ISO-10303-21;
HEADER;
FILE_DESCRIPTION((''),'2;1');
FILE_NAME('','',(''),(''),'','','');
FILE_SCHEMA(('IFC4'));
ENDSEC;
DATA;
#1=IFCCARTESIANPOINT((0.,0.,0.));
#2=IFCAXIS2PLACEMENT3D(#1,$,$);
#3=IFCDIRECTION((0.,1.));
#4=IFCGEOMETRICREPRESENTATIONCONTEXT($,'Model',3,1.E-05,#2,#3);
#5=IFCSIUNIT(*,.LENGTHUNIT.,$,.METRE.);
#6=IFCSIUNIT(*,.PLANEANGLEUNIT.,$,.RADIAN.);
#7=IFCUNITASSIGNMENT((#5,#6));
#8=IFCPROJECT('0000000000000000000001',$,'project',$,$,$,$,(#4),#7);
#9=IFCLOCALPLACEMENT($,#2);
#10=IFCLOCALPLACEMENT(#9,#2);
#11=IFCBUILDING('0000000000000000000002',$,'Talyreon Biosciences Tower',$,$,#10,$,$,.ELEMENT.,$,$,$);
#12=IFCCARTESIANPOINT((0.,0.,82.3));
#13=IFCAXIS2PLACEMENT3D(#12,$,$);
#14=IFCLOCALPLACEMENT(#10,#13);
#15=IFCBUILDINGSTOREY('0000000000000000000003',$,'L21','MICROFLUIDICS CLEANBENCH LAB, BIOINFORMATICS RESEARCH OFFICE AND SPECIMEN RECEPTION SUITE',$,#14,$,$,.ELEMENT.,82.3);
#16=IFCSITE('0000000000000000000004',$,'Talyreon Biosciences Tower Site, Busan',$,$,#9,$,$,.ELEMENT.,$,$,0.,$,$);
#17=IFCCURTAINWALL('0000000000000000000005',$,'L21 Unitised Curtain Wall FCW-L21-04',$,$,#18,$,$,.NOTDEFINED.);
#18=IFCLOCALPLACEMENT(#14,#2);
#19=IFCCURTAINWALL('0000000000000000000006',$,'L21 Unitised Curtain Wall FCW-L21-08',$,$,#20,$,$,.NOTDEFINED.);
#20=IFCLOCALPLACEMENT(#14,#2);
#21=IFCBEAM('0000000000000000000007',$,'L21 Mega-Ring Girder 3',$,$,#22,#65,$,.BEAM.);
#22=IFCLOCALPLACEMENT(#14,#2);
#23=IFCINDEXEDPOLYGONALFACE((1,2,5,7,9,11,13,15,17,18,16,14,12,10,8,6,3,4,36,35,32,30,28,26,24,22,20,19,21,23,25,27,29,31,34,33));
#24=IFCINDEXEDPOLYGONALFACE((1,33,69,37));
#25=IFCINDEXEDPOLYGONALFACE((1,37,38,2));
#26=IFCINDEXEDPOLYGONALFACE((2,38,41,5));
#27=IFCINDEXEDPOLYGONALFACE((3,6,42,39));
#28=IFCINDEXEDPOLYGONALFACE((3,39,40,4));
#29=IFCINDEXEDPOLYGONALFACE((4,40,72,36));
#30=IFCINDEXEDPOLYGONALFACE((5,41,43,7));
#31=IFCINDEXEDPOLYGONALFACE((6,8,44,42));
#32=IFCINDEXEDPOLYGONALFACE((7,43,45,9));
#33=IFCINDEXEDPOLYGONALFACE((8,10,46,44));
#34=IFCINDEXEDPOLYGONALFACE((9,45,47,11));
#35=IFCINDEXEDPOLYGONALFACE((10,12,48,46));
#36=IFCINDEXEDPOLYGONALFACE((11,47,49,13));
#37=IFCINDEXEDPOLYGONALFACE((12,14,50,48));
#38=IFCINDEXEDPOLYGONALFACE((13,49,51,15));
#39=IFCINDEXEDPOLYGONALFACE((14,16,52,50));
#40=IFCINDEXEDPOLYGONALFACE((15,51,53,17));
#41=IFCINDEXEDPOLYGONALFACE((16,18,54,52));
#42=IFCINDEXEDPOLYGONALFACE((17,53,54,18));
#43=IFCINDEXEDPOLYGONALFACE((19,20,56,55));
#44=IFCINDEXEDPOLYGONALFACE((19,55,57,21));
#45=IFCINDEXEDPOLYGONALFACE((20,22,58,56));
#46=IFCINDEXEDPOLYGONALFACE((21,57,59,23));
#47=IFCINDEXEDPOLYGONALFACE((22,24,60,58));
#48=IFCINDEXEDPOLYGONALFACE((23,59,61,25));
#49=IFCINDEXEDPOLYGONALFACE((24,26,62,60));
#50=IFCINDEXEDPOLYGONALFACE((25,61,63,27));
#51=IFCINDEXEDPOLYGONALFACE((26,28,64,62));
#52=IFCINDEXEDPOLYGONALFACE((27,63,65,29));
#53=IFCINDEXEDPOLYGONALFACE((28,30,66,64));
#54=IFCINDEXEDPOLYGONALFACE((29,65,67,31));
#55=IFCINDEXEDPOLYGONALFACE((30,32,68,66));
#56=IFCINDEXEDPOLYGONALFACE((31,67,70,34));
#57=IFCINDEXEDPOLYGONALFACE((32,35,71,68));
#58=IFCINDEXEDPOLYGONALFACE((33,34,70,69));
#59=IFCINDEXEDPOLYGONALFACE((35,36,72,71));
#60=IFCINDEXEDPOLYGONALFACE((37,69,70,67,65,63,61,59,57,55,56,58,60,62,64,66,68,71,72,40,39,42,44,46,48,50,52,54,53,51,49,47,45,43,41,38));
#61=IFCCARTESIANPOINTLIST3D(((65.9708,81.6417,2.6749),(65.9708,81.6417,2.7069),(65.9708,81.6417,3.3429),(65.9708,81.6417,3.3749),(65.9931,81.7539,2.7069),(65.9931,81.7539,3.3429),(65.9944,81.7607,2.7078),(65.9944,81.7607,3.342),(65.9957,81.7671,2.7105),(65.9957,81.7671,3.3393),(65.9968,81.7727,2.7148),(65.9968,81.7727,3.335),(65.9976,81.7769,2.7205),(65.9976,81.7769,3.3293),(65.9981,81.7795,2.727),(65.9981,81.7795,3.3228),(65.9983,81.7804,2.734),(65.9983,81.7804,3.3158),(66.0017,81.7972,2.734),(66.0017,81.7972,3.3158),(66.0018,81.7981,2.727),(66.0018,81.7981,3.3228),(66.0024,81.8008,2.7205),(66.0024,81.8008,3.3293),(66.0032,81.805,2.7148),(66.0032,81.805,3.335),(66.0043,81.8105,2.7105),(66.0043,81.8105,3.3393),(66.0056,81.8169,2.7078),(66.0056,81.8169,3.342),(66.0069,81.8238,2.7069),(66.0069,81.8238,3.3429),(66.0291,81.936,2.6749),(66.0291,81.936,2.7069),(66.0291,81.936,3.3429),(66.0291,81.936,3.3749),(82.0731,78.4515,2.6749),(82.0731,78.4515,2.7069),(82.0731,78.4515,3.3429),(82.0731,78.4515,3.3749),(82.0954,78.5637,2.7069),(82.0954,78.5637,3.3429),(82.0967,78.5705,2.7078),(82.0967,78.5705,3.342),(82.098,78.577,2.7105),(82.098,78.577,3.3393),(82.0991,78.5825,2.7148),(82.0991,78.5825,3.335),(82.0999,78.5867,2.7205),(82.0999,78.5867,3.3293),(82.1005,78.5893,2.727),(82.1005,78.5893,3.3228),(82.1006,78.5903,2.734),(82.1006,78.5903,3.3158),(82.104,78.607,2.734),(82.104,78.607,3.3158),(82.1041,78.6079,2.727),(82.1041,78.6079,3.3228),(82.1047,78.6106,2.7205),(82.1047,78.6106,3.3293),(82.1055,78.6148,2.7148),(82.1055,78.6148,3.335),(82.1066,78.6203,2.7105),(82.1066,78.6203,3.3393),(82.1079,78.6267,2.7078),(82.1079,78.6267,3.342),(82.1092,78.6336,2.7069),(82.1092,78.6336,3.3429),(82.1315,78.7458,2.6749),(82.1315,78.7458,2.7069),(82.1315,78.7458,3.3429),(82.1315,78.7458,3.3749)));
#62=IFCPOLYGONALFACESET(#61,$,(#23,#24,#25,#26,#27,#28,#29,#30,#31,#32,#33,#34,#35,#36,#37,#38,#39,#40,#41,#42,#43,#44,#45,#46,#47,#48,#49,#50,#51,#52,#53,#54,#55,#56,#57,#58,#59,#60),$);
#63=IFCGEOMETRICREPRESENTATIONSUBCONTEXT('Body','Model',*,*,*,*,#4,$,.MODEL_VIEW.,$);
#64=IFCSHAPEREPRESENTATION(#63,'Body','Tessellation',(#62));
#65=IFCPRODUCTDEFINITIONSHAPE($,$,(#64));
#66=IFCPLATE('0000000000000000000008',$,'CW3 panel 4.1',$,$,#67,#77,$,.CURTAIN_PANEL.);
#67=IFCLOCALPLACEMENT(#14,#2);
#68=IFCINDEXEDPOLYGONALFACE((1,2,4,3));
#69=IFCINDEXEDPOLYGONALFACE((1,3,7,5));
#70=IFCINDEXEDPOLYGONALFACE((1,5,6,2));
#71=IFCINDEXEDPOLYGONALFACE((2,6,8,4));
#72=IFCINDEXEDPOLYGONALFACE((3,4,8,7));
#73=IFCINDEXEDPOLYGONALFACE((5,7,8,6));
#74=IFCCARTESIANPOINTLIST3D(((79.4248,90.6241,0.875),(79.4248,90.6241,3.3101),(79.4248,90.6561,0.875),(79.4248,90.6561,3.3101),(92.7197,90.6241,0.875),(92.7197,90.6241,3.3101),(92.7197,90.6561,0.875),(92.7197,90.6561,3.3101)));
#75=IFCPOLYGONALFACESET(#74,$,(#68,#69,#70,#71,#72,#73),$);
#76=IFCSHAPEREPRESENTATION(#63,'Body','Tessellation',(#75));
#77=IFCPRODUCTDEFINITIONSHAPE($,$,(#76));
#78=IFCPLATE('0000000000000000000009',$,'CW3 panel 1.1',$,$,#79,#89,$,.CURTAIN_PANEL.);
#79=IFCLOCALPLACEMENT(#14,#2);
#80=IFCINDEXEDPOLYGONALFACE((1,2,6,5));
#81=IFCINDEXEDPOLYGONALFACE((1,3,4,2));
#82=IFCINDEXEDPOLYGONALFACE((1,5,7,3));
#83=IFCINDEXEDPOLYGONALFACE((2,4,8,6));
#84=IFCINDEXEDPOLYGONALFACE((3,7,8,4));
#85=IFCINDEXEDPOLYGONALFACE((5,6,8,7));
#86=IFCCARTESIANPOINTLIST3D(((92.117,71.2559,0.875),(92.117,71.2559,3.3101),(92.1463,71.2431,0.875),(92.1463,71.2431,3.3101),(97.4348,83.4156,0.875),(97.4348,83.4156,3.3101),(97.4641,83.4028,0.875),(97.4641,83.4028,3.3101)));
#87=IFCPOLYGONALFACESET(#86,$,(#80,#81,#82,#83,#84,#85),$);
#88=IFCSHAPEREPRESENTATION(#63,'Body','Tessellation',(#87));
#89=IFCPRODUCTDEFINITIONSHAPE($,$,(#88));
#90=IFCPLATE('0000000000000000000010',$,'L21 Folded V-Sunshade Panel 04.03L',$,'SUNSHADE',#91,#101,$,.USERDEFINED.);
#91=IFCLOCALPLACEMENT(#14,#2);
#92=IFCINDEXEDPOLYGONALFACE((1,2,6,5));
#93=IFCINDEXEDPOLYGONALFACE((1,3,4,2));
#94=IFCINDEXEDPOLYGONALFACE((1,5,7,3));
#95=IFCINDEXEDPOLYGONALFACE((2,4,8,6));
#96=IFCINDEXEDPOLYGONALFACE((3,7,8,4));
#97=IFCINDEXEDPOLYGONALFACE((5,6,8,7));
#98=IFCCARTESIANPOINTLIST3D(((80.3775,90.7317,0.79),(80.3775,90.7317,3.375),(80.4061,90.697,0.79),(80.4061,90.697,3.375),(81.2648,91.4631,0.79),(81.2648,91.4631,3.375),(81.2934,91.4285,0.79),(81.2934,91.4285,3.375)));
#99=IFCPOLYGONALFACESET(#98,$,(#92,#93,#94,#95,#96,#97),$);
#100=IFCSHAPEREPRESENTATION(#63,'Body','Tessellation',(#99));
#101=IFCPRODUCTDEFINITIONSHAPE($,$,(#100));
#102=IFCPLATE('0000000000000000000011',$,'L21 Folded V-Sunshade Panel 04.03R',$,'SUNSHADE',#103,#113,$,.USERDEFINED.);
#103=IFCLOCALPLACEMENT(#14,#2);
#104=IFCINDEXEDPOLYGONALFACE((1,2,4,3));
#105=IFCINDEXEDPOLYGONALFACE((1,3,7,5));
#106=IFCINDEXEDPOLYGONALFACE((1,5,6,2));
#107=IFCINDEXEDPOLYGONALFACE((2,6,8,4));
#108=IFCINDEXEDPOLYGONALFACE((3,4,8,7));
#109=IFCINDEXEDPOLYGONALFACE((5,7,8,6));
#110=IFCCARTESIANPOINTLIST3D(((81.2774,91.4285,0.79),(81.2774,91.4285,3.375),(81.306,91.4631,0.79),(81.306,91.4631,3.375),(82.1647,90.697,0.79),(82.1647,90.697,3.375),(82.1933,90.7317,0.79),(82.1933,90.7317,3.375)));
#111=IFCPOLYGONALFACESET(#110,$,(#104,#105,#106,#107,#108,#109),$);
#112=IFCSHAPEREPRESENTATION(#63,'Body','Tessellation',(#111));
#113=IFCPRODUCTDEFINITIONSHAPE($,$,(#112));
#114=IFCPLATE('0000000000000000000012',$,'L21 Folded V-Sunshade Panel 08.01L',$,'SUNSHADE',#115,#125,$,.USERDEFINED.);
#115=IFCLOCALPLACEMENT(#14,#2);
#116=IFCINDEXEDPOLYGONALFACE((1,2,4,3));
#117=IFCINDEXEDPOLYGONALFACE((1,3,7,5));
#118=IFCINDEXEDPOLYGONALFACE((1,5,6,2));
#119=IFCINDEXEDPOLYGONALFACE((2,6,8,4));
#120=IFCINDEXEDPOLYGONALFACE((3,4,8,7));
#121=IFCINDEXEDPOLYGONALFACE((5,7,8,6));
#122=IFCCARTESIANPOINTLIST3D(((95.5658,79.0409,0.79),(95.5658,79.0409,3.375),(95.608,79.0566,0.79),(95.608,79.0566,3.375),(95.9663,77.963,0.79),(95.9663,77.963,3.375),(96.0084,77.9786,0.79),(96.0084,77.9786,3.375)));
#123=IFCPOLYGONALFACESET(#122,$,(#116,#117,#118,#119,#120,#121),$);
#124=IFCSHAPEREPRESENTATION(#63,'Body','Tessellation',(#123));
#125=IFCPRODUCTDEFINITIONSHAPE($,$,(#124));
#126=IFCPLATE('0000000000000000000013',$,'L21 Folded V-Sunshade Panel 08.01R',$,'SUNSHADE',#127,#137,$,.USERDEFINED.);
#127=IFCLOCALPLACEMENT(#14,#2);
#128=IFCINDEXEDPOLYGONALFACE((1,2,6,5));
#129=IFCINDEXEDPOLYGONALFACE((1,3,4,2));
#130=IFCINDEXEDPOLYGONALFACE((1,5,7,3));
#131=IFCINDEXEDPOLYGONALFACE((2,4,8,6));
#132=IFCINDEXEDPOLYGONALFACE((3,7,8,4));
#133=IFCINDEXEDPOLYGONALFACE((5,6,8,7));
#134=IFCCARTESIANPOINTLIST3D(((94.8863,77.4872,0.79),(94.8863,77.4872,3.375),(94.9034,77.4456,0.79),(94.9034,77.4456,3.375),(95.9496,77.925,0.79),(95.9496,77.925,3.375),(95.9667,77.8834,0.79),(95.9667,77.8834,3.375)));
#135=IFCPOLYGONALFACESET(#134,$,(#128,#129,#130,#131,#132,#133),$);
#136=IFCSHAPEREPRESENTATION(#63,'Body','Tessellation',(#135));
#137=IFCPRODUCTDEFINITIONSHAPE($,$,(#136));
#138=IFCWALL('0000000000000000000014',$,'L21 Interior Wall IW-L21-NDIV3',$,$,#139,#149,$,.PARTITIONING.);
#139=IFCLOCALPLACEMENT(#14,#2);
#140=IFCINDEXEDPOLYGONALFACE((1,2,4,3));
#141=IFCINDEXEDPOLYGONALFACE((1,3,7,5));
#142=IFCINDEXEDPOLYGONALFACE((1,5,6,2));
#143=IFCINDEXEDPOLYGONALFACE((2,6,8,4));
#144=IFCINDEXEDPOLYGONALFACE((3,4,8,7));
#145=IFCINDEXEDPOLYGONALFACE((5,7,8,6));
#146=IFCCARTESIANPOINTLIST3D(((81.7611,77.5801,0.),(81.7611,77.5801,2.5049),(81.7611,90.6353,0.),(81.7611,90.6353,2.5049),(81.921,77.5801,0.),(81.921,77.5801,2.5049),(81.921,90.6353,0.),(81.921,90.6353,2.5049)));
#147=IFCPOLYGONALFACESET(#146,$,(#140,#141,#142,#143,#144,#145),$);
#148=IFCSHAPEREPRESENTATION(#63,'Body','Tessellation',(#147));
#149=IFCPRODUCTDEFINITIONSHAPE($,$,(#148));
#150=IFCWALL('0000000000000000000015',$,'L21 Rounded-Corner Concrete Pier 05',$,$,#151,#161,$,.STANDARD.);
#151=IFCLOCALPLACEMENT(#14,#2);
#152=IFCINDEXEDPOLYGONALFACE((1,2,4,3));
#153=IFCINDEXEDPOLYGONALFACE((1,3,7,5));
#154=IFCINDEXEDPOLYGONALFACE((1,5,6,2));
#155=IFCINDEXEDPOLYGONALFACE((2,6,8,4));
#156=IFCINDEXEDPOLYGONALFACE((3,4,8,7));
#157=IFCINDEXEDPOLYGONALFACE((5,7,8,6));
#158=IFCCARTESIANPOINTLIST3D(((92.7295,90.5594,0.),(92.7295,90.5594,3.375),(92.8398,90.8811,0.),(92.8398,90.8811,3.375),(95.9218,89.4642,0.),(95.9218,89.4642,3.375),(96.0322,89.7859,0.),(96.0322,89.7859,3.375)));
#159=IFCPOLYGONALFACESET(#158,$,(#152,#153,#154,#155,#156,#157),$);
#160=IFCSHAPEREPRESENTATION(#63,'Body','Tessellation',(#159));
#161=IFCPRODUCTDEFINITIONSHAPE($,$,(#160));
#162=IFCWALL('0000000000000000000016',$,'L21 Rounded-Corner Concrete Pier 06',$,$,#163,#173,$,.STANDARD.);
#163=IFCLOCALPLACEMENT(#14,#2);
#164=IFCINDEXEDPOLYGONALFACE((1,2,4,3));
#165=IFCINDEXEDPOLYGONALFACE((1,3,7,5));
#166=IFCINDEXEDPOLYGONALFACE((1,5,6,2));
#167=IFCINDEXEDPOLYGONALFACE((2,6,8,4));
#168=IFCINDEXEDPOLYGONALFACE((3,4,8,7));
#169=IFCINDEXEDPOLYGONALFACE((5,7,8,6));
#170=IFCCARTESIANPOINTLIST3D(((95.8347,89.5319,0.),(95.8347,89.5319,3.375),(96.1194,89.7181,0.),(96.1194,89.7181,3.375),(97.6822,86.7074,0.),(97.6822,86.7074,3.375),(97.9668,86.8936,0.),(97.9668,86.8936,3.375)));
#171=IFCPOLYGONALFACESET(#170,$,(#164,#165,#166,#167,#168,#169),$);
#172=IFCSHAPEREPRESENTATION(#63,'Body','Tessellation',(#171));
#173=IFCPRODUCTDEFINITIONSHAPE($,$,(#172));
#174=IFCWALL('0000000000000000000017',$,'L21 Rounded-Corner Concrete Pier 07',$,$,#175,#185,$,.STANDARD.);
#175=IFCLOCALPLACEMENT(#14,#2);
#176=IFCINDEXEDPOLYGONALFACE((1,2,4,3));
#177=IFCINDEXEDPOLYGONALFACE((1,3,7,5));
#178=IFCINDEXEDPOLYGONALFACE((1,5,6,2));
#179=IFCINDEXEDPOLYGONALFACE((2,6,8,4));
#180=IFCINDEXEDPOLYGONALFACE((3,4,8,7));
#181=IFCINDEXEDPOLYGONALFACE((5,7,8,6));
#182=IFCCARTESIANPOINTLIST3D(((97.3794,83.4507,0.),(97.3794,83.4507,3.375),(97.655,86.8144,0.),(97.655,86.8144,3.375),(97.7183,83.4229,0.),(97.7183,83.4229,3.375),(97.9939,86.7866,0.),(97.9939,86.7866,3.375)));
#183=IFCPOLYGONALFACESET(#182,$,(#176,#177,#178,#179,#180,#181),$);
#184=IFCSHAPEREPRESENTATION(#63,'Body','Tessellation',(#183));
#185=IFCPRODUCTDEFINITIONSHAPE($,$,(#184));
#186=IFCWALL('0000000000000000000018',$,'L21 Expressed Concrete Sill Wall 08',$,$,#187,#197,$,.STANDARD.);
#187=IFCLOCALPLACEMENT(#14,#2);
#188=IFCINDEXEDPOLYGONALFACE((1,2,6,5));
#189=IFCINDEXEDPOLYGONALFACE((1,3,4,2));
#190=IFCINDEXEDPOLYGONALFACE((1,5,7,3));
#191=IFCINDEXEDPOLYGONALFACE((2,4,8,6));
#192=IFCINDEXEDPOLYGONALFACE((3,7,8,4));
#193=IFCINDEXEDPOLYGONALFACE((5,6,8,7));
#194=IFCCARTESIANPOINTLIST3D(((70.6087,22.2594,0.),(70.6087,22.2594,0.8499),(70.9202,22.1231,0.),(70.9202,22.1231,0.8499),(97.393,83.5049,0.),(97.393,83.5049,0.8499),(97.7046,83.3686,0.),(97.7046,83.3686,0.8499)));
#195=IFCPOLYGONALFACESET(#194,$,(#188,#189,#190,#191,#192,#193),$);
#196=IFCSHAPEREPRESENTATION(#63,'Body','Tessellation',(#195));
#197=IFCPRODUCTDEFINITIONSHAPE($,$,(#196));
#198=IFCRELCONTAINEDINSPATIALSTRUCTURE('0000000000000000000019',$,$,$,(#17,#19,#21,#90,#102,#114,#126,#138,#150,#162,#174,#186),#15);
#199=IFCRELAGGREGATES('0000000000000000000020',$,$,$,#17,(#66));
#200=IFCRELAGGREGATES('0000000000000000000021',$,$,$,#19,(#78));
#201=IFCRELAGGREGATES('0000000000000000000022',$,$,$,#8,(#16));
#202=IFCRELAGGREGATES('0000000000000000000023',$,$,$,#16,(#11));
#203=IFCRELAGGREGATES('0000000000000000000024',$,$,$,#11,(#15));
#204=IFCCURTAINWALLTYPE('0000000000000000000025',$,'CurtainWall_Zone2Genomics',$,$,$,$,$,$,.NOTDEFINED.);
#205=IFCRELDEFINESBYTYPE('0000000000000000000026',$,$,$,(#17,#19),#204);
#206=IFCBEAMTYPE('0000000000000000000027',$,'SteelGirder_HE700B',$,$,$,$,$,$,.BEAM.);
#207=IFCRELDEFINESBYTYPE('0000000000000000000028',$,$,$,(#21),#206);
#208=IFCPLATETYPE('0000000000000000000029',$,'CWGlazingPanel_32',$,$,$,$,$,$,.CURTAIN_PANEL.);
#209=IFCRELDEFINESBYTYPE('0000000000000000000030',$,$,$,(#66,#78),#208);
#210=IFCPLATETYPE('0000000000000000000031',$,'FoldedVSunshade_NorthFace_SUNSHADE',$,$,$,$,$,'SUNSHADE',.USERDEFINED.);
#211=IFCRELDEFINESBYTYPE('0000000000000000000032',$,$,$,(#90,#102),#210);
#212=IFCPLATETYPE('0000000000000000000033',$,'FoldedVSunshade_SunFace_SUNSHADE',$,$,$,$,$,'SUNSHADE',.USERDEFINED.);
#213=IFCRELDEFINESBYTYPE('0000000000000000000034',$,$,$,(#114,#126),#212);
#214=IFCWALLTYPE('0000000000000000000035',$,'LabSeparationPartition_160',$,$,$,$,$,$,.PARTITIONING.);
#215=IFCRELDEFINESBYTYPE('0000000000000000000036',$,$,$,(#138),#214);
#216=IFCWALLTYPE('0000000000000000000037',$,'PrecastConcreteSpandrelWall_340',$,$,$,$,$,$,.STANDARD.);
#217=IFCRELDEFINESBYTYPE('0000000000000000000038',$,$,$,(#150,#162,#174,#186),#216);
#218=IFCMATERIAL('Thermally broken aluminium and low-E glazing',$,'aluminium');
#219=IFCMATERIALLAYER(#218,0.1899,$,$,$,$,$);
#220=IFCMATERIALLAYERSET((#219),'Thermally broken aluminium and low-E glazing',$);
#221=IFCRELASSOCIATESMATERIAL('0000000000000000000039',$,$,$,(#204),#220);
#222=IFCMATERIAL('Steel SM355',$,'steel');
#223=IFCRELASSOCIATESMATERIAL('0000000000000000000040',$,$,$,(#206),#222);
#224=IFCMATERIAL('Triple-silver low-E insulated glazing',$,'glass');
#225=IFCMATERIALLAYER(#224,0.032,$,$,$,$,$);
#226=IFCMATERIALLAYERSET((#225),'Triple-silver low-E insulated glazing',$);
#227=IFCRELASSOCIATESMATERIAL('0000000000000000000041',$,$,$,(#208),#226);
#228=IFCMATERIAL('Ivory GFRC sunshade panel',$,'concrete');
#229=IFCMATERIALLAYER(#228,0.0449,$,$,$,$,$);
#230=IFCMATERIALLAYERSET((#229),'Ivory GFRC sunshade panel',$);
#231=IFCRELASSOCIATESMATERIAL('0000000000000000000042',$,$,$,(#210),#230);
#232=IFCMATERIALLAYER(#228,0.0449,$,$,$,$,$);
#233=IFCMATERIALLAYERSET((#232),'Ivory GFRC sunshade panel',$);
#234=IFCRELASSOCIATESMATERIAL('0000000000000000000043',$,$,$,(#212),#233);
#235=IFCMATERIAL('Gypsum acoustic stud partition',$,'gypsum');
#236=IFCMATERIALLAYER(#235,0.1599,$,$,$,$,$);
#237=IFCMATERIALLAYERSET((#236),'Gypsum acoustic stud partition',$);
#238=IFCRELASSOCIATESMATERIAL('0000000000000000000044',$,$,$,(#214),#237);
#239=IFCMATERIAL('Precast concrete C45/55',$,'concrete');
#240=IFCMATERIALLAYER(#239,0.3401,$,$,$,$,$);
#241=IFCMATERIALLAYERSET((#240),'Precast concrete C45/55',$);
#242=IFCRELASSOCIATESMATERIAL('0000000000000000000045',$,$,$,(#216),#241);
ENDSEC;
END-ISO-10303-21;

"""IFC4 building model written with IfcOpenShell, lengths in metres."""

from ifc_helpers import new_model, si_unit, direction, frame, frame_2d, origin, origin_2d, place, context, subcontext, project, spatial, rectangle, i_section, extrude, material, layer, layer_set, material_profile, profile_set, type_object, element, aggregate, save


model = new_model("IFC4")

# Units and contexts
model_context = context("Model", 3, precision=1e-05, world=origin(), true_north=direction((0.0, 1.0)))
body_context = subcontext(model_context, "Body", "Model", "MODEL_VIEW")
ifc_project = project(units=[si_unit("LENGTHUNIT", "METRE"), si_unit("PLANEANGLEUNIT", "RADIAN")], contexts=[model_context])

# Site, building, storey
site_placement = place(None, origin())
site = spatial("IfcSite", under=ifc_project, at=site_placement, Name="Talyreon Biosciences Tower Site, Busan", CompositionType="ELEMENT", RefElevation=0.0)
building_placement = place(site_placement, origin())
building = spatial("IfcBuilding", under=site, at=building_placement, Name="Talyreon Biosciences Tower", CompositionType="ELEMENT")
storey_placement = place(building_placement, frame((0.0, 0.0, 82.3)))
storey = spatial("IfcBuildingStorey", under=building, at=storey_placement, Name="L21", Description="MICROFLUIDICS CLEANBENCH LAB, BIOINFORMATICS RESEARCH OFFICE AND SPECIMEN RECEPTION SUITE", CompositionType="ELEMENT", Elevation=82.3)

# Curtain wall
ifc_material_1 = material(Name="Thermally broken aluminium and low-E glazing", Category="aluminium")
ifc_layer_1 = layer(ifc_material_1, 0.1899)
ifc_layer_set_1 = layer_set([ifc_layer_1], Name="Thermally broken aluminium and low-E glazing")
curtain_wall_type = type_object("IfcCurtainWallType", Name="CurtainWall_Zone2Genomics", PredefinedType="NOTDEFINED", material=ifc_layer_set_1)
curtain_wall_1_placement = place(storey_placement, origin())
curtain_wall_1 = element("IfcCurtainWall", 1, at=curtain_wall_1_placement, inside=storey, type_object=curtain_wall_type, Name="L21 Unitised Curtain Wall FCW-L21-04", PredefinedType="NOTDEFINED")

# Curtain wall
curtain_wall_2_placement = place(storey_placement, origin())
curtain_wall_2 = element("IfcCurtainWall", 2, at=curtain_wall_2_placement, inside=storey, type_object=curtain_wall_type, Name="L21 Unitised Curtain Wall FCW-L21-08", PredefinedType="NOTDEFINED")

# Beam
ifc_material_2 = material(Name="Precast concrete C45/55", Category="concrete")
ifc_material_3 = material(Name="Steel SM355", Category="steel")
ifc_material_profile_1 = material_profile(ifc_material_3, i_section(OverallWidth=0.3, OverallDepth=0.7, WebThickness=0.0171, FlangeThickness=0.032, FilletRadius=0.0271, at=origin_2d()), Name="HE700B")
ifc_profile_set_1 = profile_set([ifc_material_profile_1], Name="Steel SM355")
beam_type_1 = type_object("IfcBeamType", Name="SteelGirder_HE700B", PredefinedType="BEAM", material=ifc_profile_set_1)
beam_1_placement = place(storey_placement, frame((82.1023, 78.5986, 3.0249), z_axis=(-0.980934, 0.194343, 0.0), x_axis=(-0.194343, -0.980934, 0.0)))
element("IfcBeam", 3, at=beam_1_placement, inside=storey, type_object=beam_type_1, Name="L21 Mega-Ring Girder 3", PredefinedType="BEAM", context=body_context, shape_type="SweptSolid", body=[
    extrude(i_section(OverallWidth=0.3, OverallDepth=0.7, WebThickness=0.0171, FlangeThickness=0.032, FilletRadius=0.0271, at=origin_2d()), origin(), (0.0, 0.0, 1.0), 16.4153),
])

# Plates
ifc_material_4 = material(Name="Triple-silver low-E insulated glazing", Category="glass")
ifc_layer_2 = layer(ifc_material_4, 0.032)
ifc_layer_set_2 = layer_set([ifc_layer_2], Name="Triple-silver low-E insulated glazing")
plate_type_1 = type_object("IfcPlateType", Name="CWGlazingPanel_32", PredefinedType="CURTAIN_PANEL", material=ifc_layer_set_2)
plate_1_placement = place(storey_placement, frame((86.0723, 90.6401, 0.875), z_axis=(0.0, 0.0, 1.0), x_axis=(1.0, 0.0, 0.0)))
plate_1 = element("IfcPlate", 4, at=plate_1_placement, type_object=plate_type_1, Name="CW3 panel 4.1", PredefinedType="CURTAIN_PANEL", context=body_context, shape_type="SweptSolid", body=[
    extrude(rectangle(XDim=13.2949, YDim=0.032, at=origin_2d()), origin(), (0.0, 0.0, 1.0), 2.4351),
])
aggregate(curtain_wall_1, [plate_1])
plate_2_placement = place(storey_placement, frame((94.7905, 77.3293, 0.875), z_axis=(0.0, 0.0, 1.0), x_axis=(-0.400689, -0.916214, 0.0)))
plate_2 = element("IfcPlate", 5, at=plate_2_placement, type_object=plate_type_1, Name="CW3 panel 1.1", PredefinedType="CURTAIN_PANEL", context=body_context, shape_type="SweptSolid", body=[
    extrude(rectangle(XDim=13.2717, YDim=0.032, at=origin_2d()), origin(), (0.0, 0.0, 1.0), 2.4351),
])
aggregate(curtain_wall_2, [plate_2])

# Plates
ifc_material_5 = material(Name="Ivory GFRC sunshade panel", Category="concrete")
ifc_layer_3 = layer(ifc_material_5, 0.0449)
ifc_layer_set_3 = layer_set([ifc_layer_3], Name="Ivory GFRC sunshade panel")
plate_type_2 = type_object("IfcPlateType", Name="FoldedVSunshade_NorthFace_SUNSHADE", ElementType="SUNSHADE", PredefinedType="USERDEFINED", material=ifc_layer_set_3)
for number, where, z_axis, x_axis, name in (
    (6, (80.8354, 91.0801, 0.79), (0.0, 0.0, 1.0), (0.771625, 0.636078, 0.0), "L21 Folded V-Sunshade Panel 04.03L"),
    (7, (81.7354, 91.0801, 0.79), (0.0, 0.0, 1.0), (0.771625, -0.636078, 0.0), "L21 Folded V-Sunshade Panel 04.03R"),
):
    element("IfcPlate", number, at=place(storey_placement, frame(where, z_axis=z_axis, x_axis=x_axis)), inside=storey, type_object=plate_type_2, Name=name, ObjectType="SUNSHADE", PredefinedType="USERDEFINED", context=body_context, shape_type="SweptSolid", body=[
        extrude(rectangle(XDim=1.1499, YDim=0.0449, at=origin_2d()), origin(), (0.0, 0.0, 1.0), 2.585),
    ])
ifc_layer_4 = layer(ifc_material_5, 0.0449)
ifc_layer_set_4 = layer_set([ifc_layer_4], Name="Ivory GFRC sunshade panel")
plate_type_3 = type_object("IfcPlateType", Name="FoldedVSunshade_SunFace_SUNSHADE", ElementType="SUNSHADE", PredefinedType="USERDEFINED", material=ifc_layer_set_4)
for number, where, z_axis, x_axis, name in (
    (8, (95.7871, 78.5098, 0.79), (0.0, 0.0, 1.0), (0.348228, -0.93741, 0.0), "L21 Folded V-Sunshade Panel 08.01L"),
    (9, (95.4265, 77.6853, 0.79), (0.0, 0.0, 1.0), (-0.924686, -0.380731, 0.0), "L21 Folded V-Sunshade Panel 08.01R"),
):
    element("IfcPlate", number, at=place(storey_placement, frame(where, z_axis=z_axis, x_axis=x_axis)), inside=storey, type_object=plate_type_3, Name=name, ObjectType="SUNSHADE", PredefinedType="USERDEFINED", context=body_context, shape_type="SweptSolid", body=[
        extrude(rectangle(XDim=1.1499, YDim=0.0449, at=origin_2d()), origin(), (0.0, 0.0, 1.0), 2.585),
    ])

# Walls
ifc_material_6 = material(Name="Gypsum acoustic stud partition", Category="gypsum")
ifc_layer_5 = layer(ifc_material_6, 0.1599)
ifc_layer_set_5 = layer_set([ifc_layer_5], Name="Gypsum acoustic stud partition")
wall_type_1 = type_object("IfcWallType", Name="LabSeparationPartition_160", PredefinedType="PARTITIONING", material=ifc_layer_set_5)
wall_1_placement = place(storey_placement, frame((81.8411, 77.5801, 0.0), z_axis=(0.0, 0.0, 1.0), x_axis=(0.0, 1.0, 0.0)))
element("IfcWall", 10, at=wall_1_placement, inside=storey, type_object=wall_type_1, Name="L21 Interior Wall IW-L21-NDIV3", PredefinedType="PARTITIONING", context=body_context, shape_type="SweptSolid", body=[
    extrude(rectangle(XDim=13.0552, YDim=0.1599, at=frame_2d((6.5276, 0.0))), origin(), (0.0, 0.0, 1.0), 2.5049),
])
ifc_layer_6 = layer(ifc_material_2, 0.3401)
ifc_layer_set_6 = layer_set([ifc_layer_6], Name="Precast concrete C45/55")
wall_type_2 = type_object("IfcWallType", Name="PrecastConcreteSpandrelWall_340", PredefinedType="STANDARD", material=ifc_layer_set_6)
for number, where, z_axis, x_axis, name in (
    (11, (92.7847, 90.7202, 0.0), (0.0, 0.0, 1.0), (0.945884, -0.324506, 0.0), "L21 Rounded-Corner Concrete Pier 05"),
    (12, (95.9771, 89.625, 0.0), (0.0, 0.0, 1.0), (0.547384, -0.836882, 0.0), "L21 Rounded-Corner Concrete Pier 06"),
    (13, (97.8245, 86.8005, 0.0), (0.0, 0.0, 1.0), (-0.081669, -0.99666, 0.0), "L21 Rounded-Corner Concrete Pier 07"),
):
    element("IfcWall", number, at=place(storey_placement, frame(where, z_axis=z_axis, x_axis=x_axis)), inside=storey, type_object=wall_type_2, Name=name, PredefinedType="STANDARD", context=body_context, shape_type="SweptSolid", body=[
        extrude(rectangle(XDim=3.375, YDim=0.3401, at=frame_2d((1.6875, 0.0))), origin(), (0.0, 0.0, 1.0), 3.375),
    ])
wall_2_placement = place(storey_placement, frame((97.5488, 83.4368, 0.0), z_axis=(0.0, 0.0, 1.0), x_axis=(-0.400687, -0.916215, 0.0)))
element("IfcWall", 14, at=wall_2_placement, inside=storey, type_object=wall_type_2, Name="L21 Expressed Concrete Sill Wall 08", PredefinedType="STANDARD", context=body_context, shape_type="SweptSolid", body=[
    extrude(rectangle(XDim=66.8462, YDim=0.3401, at=frame_2d((33.4231, 0.0))), origin(), (0.0, 0.0, 1.0), 0.8499),
])

save(model, "model.ifc")
